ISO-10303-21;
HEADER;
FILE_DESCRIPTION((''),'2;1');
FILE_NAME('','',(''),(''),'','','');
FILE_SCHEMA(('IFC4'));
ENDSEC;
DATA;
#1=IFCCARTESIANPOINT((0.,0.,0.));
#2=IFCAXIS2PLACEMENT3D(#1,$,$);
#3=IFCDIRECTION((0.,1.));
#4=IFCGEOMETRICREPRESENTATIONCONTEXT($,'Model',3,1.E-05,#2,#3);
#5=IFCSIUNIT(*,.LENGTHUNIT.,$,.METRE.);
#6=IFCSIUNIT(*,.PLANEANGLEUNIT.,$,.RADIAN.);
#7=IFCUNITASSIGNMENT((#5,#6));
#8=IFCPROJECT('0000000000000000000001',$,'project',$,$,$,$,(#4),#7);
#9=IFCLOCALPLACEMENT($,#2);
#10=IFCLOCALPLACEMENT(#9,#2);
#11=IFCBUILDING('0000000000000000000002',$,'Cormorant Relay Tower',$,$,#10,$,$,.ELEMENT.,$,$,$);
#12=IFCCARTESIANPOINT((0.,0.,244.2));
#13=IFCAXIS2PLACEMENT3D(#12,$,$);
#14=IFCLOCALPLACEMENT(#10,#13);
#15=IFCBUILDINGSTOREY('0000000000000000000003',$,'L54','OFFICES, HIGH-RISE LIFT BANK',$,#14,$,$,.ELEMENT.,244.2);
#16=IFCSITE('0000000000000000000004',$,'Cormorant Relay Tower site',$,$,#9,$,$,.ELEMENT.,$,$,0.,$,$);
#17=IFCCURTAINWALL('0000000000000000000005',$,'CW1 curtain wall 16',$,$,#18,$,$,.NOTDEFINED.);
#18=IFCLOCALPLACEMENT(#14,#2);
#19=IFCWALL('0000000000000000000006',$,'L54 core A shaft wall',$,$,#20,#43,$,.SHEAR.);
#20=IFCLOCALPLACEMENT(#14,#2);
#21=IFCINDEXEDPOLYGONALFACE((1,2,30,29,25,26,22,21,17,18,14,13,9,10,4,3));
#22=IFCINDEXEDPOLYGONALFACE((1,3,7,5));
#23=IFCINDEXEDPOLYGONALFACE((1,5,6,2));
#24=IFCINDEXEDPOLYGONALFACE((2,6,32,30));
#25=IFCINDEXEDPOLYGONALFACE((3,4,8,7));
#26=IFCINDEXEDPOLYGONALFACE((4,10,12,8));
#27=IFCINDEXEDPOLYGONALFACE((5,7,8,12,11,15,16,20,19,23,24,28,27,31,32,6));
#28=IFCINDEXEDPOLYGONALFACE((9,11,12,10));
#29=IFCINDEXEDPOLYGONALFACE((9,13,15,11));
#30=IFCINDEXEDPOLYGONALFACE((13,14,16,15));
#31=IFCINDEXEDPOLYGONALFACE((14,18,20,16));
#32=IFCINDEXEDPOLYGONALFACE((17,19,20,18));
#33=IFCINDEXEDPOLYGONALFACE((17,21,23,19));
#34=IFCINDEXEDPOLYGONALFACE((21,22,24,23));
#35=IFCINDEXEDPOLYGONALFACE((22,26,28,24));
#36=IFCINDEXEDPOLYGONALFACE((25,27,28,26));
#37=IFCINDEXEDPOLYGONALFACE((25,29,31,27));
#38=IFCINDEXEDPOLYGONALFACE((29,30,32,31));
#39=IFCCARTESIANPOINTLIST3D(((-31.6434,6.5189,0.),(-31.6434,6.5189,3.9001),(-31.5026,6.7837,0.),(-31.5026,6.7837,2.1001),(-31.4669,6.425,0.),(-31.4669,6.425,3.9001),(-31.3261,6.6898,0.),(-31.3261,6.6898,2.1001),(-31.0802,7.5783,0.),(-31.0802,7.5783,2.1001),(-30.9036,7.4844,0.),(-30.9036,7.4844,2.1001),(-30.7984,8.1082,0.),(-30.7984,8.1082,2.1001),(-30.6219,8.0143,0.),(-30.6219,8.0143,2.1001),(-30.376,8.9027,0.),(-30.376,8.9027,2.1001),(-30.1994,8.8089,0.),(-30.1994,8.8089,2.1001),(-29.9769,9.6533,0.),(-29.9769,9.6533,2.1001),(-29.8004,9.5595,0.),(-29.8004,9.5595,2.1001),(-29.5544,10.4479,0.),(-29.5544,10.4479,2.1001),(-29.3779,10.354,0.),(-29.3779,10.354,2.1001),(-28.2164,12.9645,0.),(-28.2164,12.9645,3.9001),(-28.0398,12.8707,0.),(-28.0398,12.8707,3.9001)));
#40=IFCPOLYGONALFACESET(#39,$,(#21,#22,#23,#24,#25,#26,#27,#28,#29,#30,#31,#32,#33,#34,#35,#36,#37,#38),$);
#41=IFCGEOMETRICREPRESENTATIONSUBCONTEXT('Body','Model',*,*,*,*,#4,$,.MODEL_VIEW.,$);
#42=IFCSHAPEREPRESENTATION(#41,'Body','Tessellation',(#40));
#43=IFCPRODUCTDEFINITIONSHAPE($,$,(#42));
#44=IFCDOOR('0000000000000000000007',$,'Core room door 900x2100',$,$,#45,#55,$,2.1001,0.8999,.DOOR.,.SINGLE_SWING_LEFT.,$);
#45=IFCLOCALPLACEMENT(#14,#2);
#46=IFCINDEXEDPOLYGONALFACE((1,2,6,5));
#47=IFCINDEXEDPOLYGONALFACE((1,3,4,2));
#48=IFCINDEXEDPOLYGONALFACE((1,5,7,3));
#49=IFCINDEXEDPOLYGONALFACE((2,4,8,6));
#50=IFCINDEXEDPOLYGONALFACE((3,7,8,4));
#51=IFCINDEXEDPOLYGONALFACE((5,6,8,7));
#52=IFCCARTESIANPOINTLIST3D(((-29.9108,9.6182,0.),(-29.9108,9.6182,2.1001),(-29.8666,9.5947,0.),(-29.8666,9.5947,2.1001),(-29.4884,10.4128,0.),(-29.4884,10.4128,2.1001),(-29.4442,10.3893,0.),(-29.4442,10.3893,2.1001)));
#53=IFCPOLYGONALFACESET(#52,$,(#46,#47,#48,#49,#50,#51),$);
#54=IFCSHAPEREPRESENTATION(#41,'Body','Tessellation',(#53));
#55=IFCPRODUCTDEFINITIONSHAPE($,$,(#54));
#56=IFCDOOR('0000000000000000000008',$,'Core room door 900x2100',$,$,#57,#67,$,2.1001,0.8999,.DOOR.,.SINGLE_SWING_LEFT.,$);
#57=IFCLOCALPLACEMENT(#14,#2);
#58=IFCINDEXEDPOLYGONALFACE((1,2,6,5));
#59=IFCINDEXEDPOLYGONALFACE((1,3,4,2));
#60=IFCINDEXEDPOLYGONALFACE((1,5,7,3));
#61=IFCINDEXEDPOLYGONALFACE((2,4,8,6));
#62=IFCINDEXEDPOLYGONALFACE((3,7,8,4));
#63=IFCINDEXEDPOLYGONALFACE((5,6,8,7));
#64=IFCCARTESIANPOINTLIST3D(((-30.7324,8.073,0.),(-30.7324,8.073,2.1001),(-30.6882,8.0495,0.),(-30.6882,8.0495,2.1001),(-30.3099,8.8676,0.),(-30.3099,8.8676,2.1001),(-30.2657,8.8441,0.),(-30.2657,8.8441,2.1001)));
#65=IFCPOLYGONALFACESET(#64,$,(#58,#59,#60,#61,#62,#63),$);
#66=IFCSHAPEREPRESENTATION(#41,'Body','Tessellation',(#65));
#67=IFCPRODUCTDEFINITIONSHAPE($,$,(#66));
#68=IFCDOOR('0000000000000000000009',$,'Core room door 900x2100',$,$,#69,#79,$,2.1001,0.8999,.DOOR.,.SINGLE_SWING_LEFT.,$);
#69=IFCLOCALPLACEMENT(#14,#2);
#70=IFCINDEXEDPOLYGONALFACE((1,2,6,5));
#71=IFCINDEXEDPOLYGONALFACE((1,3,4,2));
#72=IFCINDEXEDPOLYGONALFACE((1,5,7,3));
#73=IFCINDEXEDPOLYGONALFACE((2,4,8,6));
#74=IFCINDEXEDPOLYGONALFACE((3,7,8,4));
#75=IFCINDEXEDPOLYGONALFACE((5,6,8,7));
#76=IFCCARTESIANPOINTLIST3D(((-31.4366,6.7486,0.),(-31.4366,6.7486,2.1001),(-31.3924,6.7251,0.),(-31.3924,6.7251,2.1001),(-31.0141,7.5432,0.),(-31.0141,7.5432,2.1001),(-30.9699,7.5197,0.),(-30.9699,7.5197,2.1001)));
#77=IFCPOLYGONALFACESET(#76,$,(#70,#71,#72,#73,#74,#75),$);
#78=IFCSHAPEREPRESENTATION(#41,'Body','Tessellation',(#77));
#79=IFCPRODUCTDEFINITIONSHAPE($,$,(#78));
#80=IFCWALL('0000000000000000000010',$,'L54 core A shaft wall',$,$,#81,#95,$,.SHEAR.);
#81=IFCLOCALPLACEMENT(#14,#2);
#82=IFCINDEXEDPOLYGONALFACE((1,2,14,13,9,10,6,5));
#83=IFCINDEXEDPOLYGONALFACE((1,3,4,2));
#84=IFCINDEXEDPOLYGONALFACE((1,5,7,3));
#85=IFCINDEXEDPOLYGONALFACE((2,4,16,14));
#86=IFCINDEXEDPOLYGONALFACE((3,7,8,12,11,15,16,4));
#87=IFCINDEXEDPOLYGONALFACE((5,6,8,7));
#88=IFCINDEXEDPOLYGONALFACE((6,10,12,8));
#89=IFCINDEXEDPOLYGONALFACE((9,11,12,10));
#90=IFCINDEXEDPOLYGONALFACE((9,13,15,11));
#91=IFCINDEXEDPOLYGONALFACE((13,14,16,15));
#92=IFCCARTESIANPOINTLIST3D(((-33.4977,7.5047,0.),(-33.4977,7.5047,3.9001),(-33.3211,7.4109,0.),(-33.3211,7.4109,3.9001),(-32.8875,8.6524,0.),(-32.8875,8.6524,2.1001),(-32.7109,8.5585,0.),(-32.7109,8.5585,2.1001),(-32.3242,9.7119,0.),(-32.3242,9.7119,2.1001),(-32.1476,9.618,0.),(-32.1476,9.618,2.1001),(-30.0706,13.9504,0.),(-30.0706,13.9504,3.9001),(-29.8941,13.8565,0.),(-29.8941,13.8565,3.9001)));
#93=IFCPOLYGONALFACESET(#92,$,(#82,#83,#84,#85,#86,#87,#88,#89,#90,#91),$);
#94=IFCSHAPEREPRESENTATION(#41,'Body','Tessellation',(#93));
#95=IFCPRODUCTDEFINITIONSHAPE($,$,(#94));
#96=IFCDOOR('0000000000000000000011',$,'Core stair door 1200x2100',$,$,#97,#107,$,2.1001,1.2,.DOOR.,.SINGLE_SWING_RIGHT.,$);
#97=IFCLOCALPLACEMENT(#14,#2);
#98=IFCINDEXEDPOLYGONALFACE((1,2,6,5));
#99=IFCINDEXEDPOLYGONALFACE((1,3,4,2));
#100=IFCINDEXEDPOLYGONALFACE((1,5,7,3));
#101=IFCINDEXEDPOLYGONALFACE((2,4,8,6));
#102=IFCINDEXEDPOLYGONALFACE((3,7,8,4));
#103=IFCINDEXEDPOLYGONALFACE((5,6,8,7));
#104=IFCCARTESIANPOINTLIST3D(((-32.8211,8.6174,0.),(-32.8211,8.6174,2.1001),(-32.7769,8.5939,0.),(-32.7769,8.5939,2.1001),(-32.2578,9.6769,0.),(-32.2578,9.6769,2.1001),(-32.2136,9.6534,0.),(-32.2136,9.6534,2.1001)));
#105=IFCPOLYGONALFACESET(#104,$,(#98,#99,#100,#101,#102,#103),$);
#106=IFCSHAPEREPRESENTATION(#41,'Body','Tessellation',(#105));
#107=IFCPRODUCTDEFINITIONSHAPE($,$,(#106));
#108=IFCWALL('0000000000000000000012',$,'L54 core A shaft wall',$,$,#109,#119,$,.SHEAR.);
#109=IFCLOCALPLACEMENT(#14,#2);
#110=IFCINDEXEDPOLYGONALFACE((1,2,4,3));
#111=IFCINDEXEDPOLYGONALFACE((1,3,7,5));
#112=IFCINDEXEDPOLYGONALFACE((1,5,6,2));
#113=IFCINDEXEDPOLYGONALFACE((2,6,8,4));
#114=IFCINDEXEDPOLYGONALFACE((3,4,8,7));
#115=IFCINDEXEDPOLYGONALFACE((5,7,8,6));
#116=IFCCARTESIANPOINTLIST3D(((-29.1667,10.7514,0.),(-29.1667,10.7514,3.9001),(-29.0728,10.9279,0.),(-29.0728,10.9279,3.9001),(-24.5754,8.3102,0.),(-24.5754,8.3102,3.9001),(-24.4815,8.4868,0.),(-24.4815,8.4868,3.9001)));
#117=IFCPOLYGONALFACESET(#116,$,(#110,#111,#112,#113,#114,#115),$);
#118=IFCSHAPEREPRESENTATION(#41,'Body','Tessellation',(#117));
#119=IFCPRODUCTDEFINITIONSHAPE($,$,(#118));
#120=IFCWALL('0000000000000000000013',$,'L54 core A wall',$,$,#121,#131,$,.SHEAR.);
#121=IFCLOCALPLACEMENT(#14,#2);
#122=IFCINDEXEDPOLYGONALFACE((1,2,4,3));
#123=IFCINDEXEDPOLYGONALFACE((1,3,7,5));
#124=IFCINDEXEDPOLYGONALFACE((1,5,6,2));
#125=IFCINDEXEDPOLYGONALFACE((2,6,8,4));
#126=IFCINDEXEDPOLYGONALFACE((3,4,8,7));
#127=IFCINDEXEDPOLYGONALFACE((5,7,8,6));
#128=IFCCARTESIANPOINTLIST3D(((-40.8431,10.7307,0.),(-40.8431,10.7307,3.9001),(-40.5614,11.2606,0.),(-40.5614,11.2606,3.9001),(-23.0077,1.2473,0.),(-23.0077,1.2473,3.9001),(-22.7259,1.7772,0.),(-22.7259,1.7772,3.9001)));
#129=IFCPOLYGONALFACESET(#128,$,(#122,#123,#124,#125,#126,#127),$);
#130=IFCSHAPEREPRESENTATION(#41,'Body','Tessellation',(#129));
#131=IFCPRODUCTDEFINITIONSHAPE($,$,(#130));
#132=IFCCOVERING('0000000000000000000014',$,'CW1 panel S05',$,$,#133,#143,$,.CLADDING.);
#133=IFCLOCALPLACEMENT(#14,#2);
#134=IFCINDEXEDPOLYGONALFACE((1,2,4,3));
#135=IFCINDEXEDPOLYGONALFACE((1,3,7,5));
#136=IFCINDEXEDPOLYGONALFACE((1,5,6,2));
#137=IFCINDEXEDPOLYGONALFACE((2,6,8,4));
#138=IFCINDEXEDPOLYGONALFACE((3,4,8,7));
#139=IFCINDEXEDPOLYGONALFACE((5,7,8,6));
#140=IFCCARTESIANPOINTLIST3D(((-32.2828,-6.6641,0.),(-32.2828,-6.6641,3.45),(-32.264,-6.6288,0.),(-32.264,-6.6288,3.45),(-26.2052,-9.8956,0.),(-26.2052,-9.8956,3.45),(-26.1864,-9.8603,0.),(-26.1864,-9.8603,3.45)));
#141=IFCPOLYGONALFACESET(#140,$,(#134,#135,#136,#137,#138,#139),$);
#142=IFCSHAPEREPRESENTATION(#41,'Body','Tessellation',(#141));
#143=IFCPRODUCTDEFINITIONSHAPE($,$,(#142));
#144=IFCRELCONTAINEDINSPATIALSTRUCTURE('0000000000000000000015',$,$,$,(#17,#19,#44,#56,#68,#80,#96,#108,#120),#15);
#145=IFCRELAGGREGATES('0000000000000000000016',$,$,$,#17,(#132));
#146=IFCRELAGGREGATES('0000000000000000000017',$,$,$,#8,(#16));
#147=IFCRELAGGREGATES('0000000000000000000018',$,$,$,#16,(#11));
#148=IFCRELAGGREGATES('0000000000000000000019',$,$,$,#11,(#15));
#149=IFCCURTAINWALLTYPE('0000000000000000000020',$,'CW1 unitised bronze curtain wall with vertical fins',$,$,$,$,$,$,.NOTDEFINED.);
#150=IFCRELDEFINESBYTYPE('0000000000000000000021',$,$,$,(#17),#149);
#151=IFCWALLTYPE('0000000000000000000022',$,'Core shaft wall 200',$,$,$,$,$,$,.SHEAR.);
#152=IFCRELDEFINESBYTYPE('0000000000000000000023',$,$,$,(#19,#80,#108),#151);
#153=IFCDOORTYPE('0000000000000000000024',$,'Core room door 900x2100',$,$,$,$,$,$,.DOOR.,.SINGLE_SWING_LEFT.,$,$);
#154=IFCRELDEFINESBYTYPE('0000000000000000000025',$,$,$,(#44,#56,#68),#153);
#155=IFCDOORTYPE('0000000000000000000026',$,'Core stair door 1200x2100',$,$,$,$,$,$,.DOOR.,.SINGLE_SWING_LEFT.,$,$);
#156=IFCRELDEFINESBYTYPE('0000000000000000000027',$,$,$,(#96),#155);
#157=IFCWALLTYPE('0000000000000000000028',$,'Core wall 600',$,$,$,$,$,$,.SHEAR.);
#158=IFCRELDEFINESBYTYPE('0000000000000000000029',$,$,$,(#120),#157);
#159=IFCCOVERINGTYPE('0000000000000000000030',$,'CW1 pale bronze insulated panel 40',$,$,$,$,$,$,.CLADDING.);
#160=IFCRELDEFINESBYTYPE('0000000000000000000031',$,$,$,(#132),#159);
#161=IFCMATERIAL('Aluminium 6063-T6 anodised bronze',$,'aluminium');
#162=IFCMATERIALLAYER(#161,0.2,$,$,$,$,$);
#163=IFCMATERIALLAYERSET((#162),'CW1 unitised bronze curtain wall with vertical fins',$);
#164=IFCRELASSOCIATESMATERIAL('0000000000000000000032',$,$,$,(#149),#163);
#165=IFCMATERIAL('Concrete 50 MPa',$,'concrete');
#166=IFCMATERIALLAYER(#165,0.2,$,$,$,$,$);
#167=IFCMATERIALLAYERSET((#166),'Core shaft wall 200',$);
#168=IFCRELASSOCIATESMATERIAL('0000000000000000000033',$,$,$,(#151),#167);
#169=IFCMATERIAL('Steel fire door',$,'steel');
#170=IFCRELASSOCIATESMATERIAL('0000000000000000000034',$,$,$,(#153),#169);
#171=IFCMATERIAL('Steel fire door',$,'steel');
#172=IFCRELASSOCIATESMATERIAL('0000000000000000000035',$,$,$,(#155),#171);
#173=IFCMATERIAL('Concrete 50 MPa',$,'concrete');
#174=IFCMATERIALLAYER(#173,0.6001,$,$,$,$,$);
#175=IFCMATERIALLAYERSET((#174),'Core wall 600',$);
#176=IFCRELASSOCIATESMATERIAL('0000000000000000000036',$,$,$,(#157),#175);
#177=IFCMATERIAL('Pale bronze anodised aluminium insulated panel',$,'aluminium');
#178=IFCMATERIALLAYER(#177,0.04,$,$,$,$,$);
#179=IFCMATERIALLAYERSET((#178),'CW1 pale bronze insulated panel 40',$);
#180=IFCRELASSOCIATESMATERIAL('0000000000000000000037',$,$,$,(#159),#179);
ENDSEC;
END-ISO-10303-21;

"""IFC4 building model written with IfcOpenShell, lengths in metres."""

from ifc_helpers import new_model, si_unit, direction, frame, frame_2d, origin, origin_2d, place, context, subcontext, project, spatial, rectangle, extrude, material, layer, layer_set, type_object, element, fill, aggregate, save


model = new_model("IFC4")

# Units and contexts
model_context = context("Model", 3, precision=1e-05, world=origin(), true_north=direction((0.0, 1.0)))
body_context = subcontext(model_context, "Body", "Model", "MODEL_VIEW")
ifc_project = project(units=[si_unit("LENGTHUNIT", "METRE"), si_unit("PLANEANGLEUNIT", "RADIAN")], contexts=[model_context])

# Site, building, storey
site_placement = place(None, origin())
site = spatial("IfcSite", under=ifc_project, at=site_placement, Name="Cormorant Relay Tower site", CompositionType="ELEMENT", RefElevation=0.0)
building_placement = place(site_placement, origin())
building = spatial("IfcBuilding", under=site, at=building_placement, Name="Cormorant Relay Tower", CompositionType="ELEMENT")
storey_placement = place(building_placement, frame((0.0, 0.0, 244.2)))
storey = spatial("IfcBuildingStorey", under=building, at=storey_placement, Name="L54", Description="OFFICES, HIGH-RISE LIFT BANK", CompositionType="ELEMENT", Elevation=244.2)

# Curtain wall
ifc_material_1 = material(Name="Aluminium 6063-T6 anodised bronze", Category="aluminium")
ifc_layer_1 = layer(ifc_material_1, 0.2)
ifc_layer_set_1 = layer_set([ifc_layer_1], Name="CW1 unitised bronze curtain wall with vertical fins")
curtain_wall_type = type_object("IfcCurtainWallType", Name="CW1 unitised bronze curtain wall with vertical fins", PredefinedType="NOTDEFINED", material=ifc_layer_set_1)
curtain_wall_placement = place(storey_placement, origin())
curtain_wall = element("IfcCurtainWall", 1, at=curtain_wall_placement, inside=storey, type_object=curtain_wall_type, Name="CW1 curtain wall 16", PredefinedType="NOTDEFINED")

# Shared definitions
ifc_material_2 = material(Name="Concrete 50 MPa", Category="concrete")
ifc_layer_2 = layer(ifc_material_2, 0.2)
ifc_layer_set_2 = layer_set([ifc_layer_2], Name="Core shaft wall 200")
wall_type_1 = type_object("IfcWallType", Name="Core shaft wall 200", PredefinedType="SHEAR", material=ifc_layer_set_2)

# Wall, openings, doors
wall_1_placement = place(storey_placement, frame((-28.1282, 12.9175, 0.0), z_axis=(0.0, 0.0, 1.0), x_axis=(-0.469454, -0.882957, 0.0)))
wall_1 = element("IfcWall", 2, at=wall_1_placement, inside=storey, type_object=wall_type_1, Name="L54 core A shaft wall", PredefinedType="SHEAR", context=body_context, shape_type="SweptSolid", body=[
    extrude(rectangle(XDim=7.3, YDim=0.2, at=frame_2d((3.6499, 0.0))), origin(), (0.0, 0.0, 1.0), 3.9001),
])
opening_1_placement = place(wall_1_placement, frame((2.8501, 0.0, 0.0)))
opening_1 = element("IfcOpeningElement", 3, at=opening_1_placement, cuts=wall_1, PredefinedType="OPENING", context=body_context, shape_type="SweptSolid", body=[
    extrude(rectangle(XDim=0.8999, YDim=2.1001, at=frame_2d((0.45, 1.05))), frame((0.0, 0.1099, 0.0), z_axis=(0.0, -1.0, 0.0), x_axis=(1.0, 0.0, 0.0)), (0.0, 0.0, 1.0), 0.22),
])
opening_2_placement = place(wall_1_placement, frame((4.6001, 0.0, 0.0)))
opening_2 = element("IfcOpeningElement", 4, at=opening_2_placement, cuts=wall_1, PredefinedType="OPENING", context=body_context, shape_type="SweptSolid", body=[
    extrude(rectangle(XDim=0.8999, YDim=2.1001, at=frame_2d((0.45, 1.05))), frame((0.0, 0.1099, 0.0), z_axis=(0.0, -1.0, 0.0), x_axis=(1.0, 0.0, 0.0)), (0.0, 0.0, 1.0), 0.22),
])
opening_3_placement = place(wall_1_placement, frame((6.1001, 0.0, 0.0)))
opening_3 = element("IfcOpeningElement", 5, at=opening_3_placement, cuts=wall_1, PredefinedType="OPENING", context=body_context, shape_type="SweptSolid", body=[
    extrude(rectangle(XDim=0.8999, YDim=2.1001, at=frame_2d((0.45, 1.05))), frame((0.0, 0.1099, 0.0), z_axis=(0.0, -1.0, 0.0), x_axis=(1.0, 0.0, 0.0)), (0.0, 0.0, 1.0), 0.22),
])
ifc_material_3 = material(Name="Steel fire door", Category="steel")
door_type_1 = type_object("IfcDoorType", Name="Core room door 900x2100", OperationType="SINGLE_SWING_LEFT", PredefinedType="DOOR", material=ifc_material_3)
door_1_placement = place(opening_1_placement, origin())
door_1 = element("IfcDoor", 6, at=door_1_placement, inside=storey, type_object=door_type_1, Name="Core room door 900x2100", OperationType="SINGLE_SWING_LEFT", OverallHeight=2.1001, OverallWidth=0.8999, PredefinedType="DOOR", context=body_context, shape_type="SweptSolid", body=[
    extrude(rectangle(XDim=0.8999, YDim=2.1001, at=frame_2d((0.45, 1.05))), frame((0.0, 0.0249, 0.0), z_axis=(0.0, -1.0, 0.0), x_axis=(1.0, 0.0, 0.0)), (0.0, 0.0, 1.0), 0.05),
])
fill(opening_1, door_1)
door_2_placement = place(opening_2_placement, origin())
door_2 = element("IfcDoor", 7, at=door_2_placement, inside=storey, type_object=door_type_1, Name="Core room door 900x2100", OperationType="SINGLE_SWING_LEFT", OverallHeight=2.1001, OverallWidth=0.8999, PredefinedType="DOOR", context=body_context, shape_type="SweptSolid", body=[
    extrude(rectangle(XDim=0.8999, YDim=2.1001, at=frame_2d((0.45, 1.05))), frame((0.0, 0.0249, 0.0), z_axis=(0.0, -1.0, 0.0), x_axis=(1.0, 0.0, 0.0)), (0.0, 0.0, 1.0), 0.05),
])
fill(opening_2, door_2)
door_3_placement = place(opening_3_placement, origin())
door_3 = element("IfcDoor", 8, at=door_3_placement, inside=storey, type_object=door_type_1, Name="Core room door 900x2100", OperationType="SINGLE_SWING_LEFT", OverallHeight=2.1001, OverallWidth=0.8999, PredefinedType="DOOR", context=body_context, shape_type="SweptSolid", body=[
    extrude(rectangle(XDim=0.8999, YDim=2.1001, at=frame_2d((0.45, 1.05))), frame((0.0, 0.0249, 0.0), z_axis=(0.0, -1.0, 0.0), x_axis=(1.0, 0.0, 0.0)), (0.0, 0.0, 1.0), 0.05),
])
fill(opening_3, door_3)

# Wall, opening, door
wall_2_placement = place(storey_placement, frame((-29.9824, 13.9033, 0.0), z_axis=(0.0, 0.0, 1.0), x_axis=(-0.469454, -0.882957, 0.0)))
wall_2 = element("IfcWall", 9, at=wall_2_placement, inside=storey, type_object=wall_type_1, Name="L54 core A shaft wall", PredefinedType="SHEAR", context=body_context, shape_type="SweptSolid", body=[
    extrude(rectangle(XDim=7.3, YDim=0.2, at=frame_2d((3.6499, 0.0))), origin(), (0.0, 0.0, 1.0), 3.9001),
])
opening_4_placement = place(wall_2_placement, frame((4.8, 0.0, 0.0)))
opening_4 = element("IfcOpeningElement", 10, at=opening_4_placement, cuts=wall_2, PredefinedType="OPENING", context=body_context, shape_type="SweptSolid", body=[
    extrude(rectangle(XDim=1.2, YDim=2.1001, at=frame_2d((0.6001, 1.05))), frame((0.0, 0.1099, 0.0), z_axis=(0.0, -1.0, 0.0), x_axis=(1.0, 0.0, 0.0)), (0.0, 0.0, 1.0), 0.22),
])
ifc_material_4 = material(Name="Steel fire door", Category="steel")
door_type_2 = type_object("IfcDoorType", Name="Core stair door 1200x2100", OperationType="SINGLE_SWING_LEFT", PredefinedType="DOOR", material=ifc_material_4)
door_4_placement = place(opening_4_placement, frame((1.2, 0.0, 0.0), z_axis=(0.0, 0.0, 1.0), x_axis=(-1.0, 0.0, 0.0)))
door_4 = element("IfcDoor", 11, at=door_4_placement, inside=storey, type_object=door_type_2, Name="Core stair door 1200x2100", OperationType="SINGLE_SWING_RIGHT", OverallHeight=2.1001, OverallWidth=1.2, PredefinedType="DOOR", context=body_context, shape_type="SweptSolid", body=[
    extrude(rectangle(XDim=1.2, YDim=2.1001, at=frame_2d((0.6001, 1.05))), frame((0.0, 0.0249, 0.0), z_axis=(0.0, -1.0, 0.0), x_axis=(1.0, 0.0, 0.0)), (0.0, 0.0, 1.0), 0.05),
])
fill(opening_4, door_4)

# Walls
wall_3_placement = place(storey_placement, frame((-24.5283, 8.3984, 0.0), z_axis=(0.0, 0.0, 1.0), x_axis=(-0.882954, 0.46946, 0.0)))
element("IfcWall", 12, at=wall_3_placement, inside=storey, type_object=wall_type_1, Name="L54 core A shaft wall", PredefinedType="SHEAR", context=body_context, shape_type="SweptSolid", body=[
    extrude(rectangle(XDim=5.2, YDim=0.2, at=frame_2d((2.6001, 0.0))), origin(), (0.0, 0.0, 1.0), 3.9001),
])
ifc_material_5 = material(Name="Concrete 50 MPa", Category="concrete")
ifc_layer_3 = layer(ifc_material_5, 0.6001)
ifc_layer_set_3 = layer_set([ifc_layer_3], Name="Core wall 600")
wall_type_2 = type_object("IfcWallType", Name="Core wall 600", PredefinedType="SHEAR", material=ifc_layer_set_3)
wall_4_placement = place(storey_placement, frame((-22.8667, 1.5122, 0.0), z_axis=(0.0, 0.0, 1.0), x_axis=(-0.882945, 0.469476, 0.0)))
element("IfcWall", 13, at=wall_4_placement, inside=storey, type_object=wall_type_2, Name="L54 core A wall", PredefinedType="SHEAR", context=body_context, shape_type="SweptSolid", body=[
    extrude(rectangle(XDim=20.2, YDim=0.6001, at=frame_2d((10.1001, 0.0))), origin(), (0.0, 0.0, 1.0), 3.9001),
])

# Covering
ifc_material_6 = material(Name="Pale bronze anodised aluminium insulated panel", Category="aluminium")
ifc_layer_4 = layer(ifc_material_6, 0.04)
ifc_layer_set_4 = layer_set([ifc_layer_4], Name="CW1 pale bronze insulated panel 40")
covering_type = type_object("IfcCoveringType", Name="CW1 pale bronze insulated panel 40", PredefinedType="CLADDING", material=ifc_layer_set_4)
covering_placement = place(storey_placement, frame((-29.2346, -8.2622, 0.0), z_axis=(0.0, 0.0, 1.0), x_axis=(0.882948, -0.469472, 0.0)))
covering = element("IfcCovering", 14, at=covering_placement, type_object=covering_type, Name="CW1 panel S05", PredefinedType="CLADDING", context=body_context, shape_type="SweptSolid", body=[
    extrude(rectangle(XDim=6.8833, YDim=0.04, at=origin_2d()), origin(), (0.0, 0.0, 1.0), 3.45),
])
aggregate(curtain_wall, [covering])

save(model, "model.ifc")
